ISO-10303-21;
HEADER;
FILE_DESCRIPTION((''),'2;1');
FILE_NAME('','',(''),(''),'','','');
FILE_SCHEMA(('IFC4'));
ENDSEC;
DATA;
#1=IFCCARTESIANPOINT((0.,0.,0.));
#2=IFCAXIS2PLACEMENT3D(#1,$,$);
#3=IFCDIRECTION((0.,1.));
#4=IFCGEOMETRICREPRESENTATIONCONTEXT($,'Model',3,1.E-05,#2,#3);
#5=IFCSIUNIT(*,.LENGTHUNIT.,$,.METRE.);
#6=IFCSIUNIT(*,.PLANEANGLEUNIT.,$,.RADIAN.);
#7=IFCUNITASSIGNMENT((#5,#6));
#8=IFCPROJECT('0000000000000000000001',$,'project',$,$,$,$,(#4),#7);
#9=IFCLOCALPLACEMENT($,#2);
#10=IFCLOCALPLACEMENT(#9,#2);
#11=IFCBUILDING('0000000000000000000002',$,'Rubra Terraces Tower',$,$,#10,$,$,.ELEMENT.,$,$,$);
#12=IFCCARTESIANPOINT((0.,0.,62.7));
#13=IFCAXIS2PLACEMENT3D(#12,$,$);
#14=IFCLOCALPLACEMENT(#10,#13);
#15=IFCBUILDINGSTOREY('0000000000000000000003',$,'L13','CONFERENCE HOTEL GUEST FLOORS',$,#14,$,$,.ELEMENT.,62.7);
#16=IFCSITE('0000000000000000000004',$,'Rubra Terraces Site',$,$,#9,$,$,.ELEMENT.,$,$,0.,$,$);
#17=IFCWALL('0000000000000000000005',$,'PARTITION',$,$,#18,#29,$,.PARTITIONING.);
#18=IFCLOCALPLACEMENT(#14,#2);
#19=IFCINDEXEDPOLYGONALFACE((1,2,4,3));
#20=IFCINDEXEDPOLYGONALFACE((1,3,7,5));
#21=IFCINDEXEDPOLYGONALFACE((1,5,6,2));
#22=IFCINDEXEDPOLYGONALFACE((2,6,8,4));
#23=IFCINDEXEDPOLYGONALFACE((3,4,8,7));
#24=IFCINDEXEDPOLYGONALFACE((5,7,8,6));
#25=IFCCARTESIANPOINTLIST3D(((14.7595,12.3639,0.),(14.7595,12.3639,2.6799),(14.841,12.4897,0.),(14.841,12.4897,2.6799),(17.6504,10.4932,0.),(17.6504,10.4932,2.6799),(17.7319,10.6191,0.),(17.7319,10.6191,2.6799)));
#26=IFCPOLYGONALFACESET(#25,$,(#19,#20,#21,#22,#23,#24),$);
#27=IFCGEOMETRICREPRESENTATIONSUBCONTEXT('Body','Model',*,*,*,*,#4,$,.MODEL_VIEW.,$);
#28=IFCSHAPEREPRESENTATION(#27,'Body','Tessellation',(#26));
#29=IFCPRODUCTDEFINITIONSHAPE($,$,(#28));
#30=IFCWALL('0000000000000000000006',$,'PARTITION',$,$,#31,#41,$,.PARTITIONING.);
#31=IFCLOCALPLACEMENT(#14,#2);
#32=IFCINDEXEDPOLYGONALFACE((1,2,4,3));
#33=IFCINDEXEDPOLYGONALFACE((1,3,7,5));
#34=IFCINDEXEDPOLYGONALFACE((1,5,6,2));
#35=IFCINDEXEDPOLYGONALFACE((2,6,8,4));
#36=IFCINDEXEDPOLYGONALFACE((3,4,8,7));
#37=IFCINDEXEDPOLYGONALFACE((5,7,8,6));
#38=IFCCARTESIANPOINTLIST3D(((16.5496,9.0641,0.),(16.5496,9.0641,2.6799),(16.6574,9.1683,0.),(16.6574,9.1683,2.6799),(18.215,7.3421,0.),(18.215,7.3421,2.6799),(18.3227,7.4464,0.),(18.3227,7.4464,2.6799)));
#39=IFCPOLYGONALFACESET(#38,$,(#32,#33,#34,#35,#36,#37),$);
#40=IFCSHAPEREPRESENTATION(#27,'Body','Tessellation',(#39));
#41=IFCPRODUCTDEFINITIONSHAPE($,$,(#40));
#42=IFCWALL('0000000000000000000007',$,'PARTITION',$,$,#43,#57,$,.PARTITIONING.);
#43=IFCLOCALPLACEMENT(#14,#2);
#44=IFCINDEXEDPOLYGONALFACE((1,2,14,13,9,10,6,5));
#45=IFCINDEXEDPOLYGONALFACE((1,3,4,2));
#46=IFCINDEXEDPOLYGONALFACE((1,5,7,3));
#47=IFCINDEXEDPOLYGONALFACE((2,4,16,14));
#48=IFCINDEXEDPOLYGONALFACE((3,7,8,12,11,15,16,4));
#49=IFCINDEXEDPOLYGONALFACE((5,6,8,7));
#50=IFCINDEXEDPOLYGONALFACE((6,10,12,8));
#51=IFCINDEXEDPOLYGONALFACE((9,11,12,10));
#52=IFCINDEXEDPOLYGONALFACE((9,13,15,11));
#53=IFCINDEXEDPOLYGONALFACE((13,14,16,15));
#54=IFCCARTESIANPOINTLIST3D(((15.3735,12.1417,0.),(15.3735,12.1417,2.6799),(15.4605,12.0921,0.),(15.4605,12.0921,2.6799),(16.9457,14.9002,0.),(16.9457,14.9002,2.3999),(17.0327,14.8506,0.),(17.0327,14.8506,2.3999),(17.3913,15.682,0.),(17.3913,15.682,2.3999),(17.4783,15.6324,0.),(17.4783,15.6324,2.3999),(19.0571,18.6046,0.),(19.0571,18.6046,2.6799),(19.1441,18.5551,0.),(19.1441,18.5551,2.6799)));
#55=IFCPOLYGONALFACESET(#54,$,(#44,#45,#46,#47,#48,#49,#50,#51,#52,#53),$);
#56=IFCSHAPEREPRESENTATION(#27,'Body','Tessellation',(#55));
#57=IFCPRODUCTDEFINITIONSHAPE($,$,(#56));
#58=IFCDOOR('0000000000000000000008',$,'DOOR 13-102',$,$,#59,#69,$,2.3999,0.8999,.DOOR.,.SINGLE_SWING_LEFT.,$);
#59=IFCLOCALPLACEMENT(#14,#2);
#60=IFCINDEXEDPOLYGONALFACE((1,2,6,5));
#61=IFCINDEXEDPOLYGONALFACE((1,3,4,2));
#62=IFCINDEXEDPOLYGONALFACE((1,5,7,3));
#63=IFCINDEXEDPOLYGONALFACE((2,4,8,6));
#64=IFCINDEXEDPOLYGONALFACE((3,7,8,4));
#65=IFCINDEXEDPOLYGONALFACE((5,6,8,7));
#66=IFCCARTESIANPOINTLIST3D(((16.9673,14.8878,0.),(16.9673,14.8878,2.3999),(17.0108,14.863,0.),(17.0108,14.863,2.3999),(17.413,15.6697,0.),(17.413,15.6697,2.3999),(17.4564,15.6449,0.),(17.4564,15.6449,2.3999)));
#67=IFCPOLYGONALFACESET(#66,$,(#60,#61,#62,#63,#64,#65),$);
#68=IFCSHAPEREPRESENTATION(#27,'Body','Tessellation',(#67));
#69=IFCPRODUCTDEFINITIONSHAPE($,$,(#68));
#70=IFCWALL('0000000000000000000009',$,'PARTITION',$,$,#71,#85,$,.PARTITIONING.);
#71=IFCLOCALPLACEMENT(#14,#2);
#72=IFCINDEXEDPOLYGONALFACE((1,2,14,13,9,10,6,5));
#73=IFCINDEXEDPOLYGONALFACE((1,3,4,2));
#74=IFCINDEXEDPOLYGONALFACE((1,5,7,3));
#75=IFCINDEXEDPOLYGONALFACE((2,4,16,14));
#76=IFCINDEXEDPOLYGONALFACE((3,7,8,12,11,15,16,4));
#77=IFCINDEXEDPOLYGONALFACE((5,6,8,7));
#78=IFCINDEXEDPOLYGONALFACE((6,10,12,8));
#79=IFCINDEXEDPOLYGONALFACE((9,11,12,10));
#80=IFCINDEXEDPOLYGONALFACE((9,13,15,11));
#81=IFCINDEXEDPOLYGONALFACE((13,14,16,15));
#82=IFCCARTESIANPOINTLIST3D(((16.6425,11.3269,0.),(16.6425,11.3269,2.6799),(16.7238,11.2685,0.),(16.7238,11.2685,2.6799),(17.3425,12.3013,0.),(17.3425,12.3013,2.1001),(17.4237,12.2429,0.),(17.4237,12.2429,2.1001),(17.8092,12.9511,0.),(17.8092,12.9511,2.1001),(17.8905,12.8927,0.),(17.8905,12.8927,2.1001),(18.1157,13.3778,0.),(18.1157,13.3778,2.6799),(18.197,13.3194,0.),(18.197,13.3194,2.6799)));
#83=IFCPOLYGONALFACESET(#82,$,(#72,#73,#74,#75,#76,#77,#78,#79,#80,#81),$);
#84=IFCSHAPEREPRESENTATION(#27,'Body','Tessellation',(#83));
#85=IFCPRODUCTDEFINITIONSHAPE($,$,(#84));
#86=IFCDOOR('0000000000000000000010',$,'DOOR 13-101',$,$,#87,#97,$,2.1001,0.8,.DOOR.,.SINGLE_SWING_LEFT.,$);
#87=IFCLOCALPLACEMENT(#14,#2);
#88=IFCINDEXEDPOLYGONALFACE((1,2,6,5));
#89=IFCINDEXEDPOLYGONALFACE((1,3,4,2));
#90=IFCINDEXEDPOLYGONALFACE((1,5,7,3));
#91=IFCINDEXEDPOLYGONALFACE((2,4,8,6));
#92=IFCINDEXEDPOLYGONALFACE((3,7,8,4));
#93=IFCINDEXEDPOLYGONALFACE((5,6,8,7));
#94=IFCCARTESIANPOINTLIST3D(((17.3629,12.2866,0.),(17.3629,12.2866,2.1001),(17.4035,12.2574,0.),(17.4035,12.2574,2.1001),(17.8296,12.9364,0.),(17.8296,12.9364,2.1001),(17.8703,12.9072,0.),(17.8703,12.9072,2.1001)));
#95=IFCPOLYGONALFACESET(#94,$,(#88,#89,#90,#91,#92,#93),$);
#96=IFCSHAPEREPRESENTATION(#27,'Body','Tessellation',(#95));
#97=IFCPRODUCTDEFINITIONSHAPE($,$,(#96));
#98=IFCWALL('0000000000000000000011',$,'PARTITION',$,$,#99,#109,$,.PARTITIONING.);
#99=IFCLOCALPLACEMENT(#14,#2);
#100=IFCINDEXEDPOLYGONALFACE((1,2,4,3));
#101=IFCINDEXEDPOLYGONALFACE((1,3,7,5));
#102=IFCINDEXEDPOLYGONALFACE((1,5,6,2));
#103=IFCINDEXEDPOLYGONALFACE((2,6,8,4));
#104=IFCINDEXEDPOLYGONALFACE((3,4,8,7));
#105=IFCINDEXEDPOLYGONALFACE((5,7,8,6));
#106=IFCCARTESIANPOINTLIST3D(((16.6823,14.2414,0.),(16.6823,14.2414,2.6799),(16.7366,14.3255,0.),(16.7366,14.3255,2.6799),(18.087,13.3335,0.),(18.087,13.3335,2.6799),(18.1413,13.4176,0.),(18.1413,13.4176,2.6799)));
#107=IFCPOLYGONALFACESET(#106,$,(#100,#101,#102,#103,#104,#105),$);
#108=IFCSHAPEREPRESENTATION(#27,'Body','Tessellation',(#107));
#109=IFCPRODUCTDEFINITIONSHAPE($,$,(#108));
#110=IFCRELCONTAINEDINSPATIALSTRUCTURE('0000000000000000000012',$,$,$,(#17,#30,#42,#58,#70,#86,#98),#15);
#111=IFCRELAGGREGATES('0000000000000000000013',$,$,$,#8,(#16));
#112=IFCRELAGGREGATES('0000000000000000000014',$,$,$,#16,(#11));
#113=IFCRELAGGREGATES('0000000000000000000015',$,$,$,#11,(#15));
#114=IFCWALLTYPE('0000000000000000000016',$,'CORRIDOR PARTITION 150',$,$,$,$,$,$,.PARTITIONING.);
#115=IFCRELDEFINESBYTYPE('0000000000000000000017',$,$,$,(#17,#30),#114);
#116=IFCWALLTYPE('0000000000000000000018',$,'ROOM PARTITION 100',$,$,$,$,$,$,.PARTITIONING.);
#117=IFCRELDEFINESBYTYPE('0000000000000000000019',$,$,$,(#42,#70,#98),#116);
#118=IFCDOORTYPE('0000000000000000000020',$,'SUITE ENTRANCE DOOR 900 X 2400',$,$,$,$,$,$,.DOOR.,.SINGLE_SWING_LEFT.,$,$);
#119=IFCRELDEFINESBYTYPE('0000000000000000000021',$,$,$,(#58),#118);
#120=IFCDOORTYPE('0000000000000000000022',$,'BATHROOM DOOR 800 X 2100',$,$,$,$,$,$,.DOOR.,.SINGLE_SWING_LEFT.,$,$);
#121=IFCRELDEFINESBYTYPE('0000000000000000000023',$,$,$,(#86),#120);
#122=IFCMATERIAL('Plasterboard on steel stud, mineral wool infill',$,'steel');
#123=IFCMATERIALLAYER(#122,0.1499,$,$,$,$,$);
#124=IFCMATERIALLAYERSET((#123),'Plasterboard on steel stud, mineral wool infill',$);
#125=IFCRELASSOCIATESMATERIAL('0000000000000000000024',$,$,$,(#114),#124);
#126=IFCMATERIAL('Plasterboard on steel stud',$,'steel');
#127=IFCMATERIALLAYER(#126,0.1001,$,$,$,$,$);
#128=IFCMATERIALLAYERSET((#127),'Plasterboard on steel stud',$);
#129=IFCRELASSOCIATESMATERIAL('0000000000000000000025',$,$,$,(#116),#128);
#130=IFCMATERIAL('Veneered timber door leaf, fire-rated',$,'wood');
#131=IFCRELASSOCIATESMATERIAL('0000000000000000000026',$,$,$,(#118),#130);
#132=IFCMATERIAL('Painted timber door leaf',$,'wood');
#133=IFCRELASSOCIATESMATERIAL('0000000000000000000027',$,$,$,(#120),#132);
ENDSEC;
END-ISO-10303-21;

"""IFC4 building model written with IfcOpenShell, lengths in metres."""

from ifc_helpers import new_model, si_unit, direction, frame, frame_2d, origin, place, context, subcontext, project, spatial, rectangle, extrude, material, layer, layer_set, type_object, element, fill, save


model = new_model("IFC4")

# Units and contexts
model_context = context("Model", 3, precision=1e-05, world=origin(), true_north=direction((0.0, 1.0)))
body_context = subcontext(model_context, "Body", "Model", "MODEL_VIEW")
ifc_project = project(units=[si_unit("LENGTHUNIT", "METRE"), si_unit("PLANEANGLEUNIT", "RADIAN")], contexts=[model_context])

# Site, building, storey
site_placement = place(None, origin())
site = spatial("IfcSite", under=ifc_project, at=site_placement, Name="Rubra Terraces Site", CompositionType="ELEMENT", RefElevation=0.0)
building_placement = place(site_placement, origin())
building = spatial("IfcBuilding", under=site, at=building_placement, Name="Rubra Terraces Tower", CompositionType="ELEMENT")
storey_placement = place(building_placement, frame((0.0, 0.0, 62.7)))
storey = spatial("IfcBuildingStorey", under=building, at=storey_placement, Name="L13", Description="CONFERENCE HOTEL GUEST FLOORS", CompositionType="ELEMENT", Elevation=62.7)

# Walls
ifc_material_1 = material(Name="Plasterboard on steel stud, mineral wool infill", Category="steel")
ifc_layer_1 = layer(ifc_material_1, 0.1499)
ifc_layer_set_1 = layer_set([ifc_layer_1], Name="Plasterboard on steel stud, mineral wool infill")
wall_type_1 = type_object("IfcWallType", Name="CORRIDOR PARTITION 150", PredefinedType="PARTITIONING", material=ifc_layer_set_1)
wall_1_placement = place(storey_placement, frame((17.6912, 10.5562, 0.0), z_axis=(0.0, 0.0, 1.0), x_axis=(-0.839564, 0.54326, 0.0)))
element("IfcWall", 1, at=wall_1_placement, inside=storey, type_object=wall_type_1, Name="PARTITION", PredefinedType="PARTITIONING", context=body_context, shape_type="SweptSolid", body=[
    extrude(rectangle(XDim=3.4434, YDim=0.1499, at=frame_2d((1.7217, 0.0))), origin(), (0.0, 0.0, 1.0), 2.6799),
])
wall_2_placement = place(storey_placement, frame((16.6035, 9.1162, 0.0), z_axis=(0.0, 0.0, 1.0), x_axis=(0.695185, -0.71883, 0.0)))
element("IfcWall", 2, at=wall_2_placement, inside=storey, type_object=wall_type_1, Name="PARTITION", PredefinedType="PARTITIONING", context=body_context, shape_type="SweptSolid", body=[
    extrude(rectangle(XDim=2.3955, YDim=0.1499, at=frame_2d((1.1978, 0.0))), origin(), (0.0, 0.0, 1.0), 2.6799),
])

# Walls, openings, doors
ifc_material_2 = material(Name="Plasterboard on steel stud", Category="steel")
ifc_layer_2 = layer(ifc_material_2, 0.1001)
ifc_layer_set_2 = layer_set([ifc_layer_2], Name="Plasterboard on steel stud")
wall_type_2 = type_object("IfcWallType", Name="ROOM PARTITION 100", PredefinedType="PARTITIONING", material=ifc_layer_set_2)
wall_3_placement = place(storey_placement, frame((19.1006, 18.5798, 0.0), z_axis=(0.0, 0.0, 1.0), x_axis=(-0.495177, -0.868792, 0.0)))
wall_3 = element("IfcWall", 3, at=wall_3_placement, inside=storey, type_object=wall_type_2, Name="PARTITION", PredefinedType="PARTITIONING", context=body_context, shape_type="SweptSolid", body=[
    extrude(rectangle(XDim=7.439, YDim=0.1001, at=frame_2d((3.7195, 0.0))), origin(), (0.0, 0.0, 1.0), 2.6799),
])
opening_1_placement = place(wall_3_placement, frame((3.364, 0.0, 0.0)))
opening_1 = element("IfcOpeningElement", 4, at=opening_1_placement, cuts=wall_3, PredefinedType="OPENING", context=body_context, shape_type="SweptSolid", body=[
    extrude(rectangle(XDim=0.8999, YDim=2.3999, at=frame_2d((0.45, 1.2))), frame((0.0, 0.0601, 0.0), z_axis=(0.0, -1.0, 0.0), x_axis=(1.0, 0.0, 0.0)), (0.0, 0.0, 1.0), 0.1201),
])
ifc_material_3 = material(Name="Veneered timber door leaf, fire-rated", Category="wood")
door_type_1 = type_object("IfcDoorType", Name="SUITE ENTRANCE DOOR 900 X 2400", OperationType="SINGLE_SWING_LEFT", PredefinedType="DOOR", material=ifc_material_3)
door_1_placement = place(opening_1_placement, origin())
door_1 = element("IfcDoor", 5, at=door_1_placement, inside=storey, type_object=door_type_1, Name="DOOR 13-102", OperationType="SINGLE_SWING_LEFT", OverallHeight=2.3999, OverallWidth=0.8999, PredefinedType="DOOR", context=body_context, shape_type="SweptSolid", body=[
    extrude(rectangle(XDim=0.8999, YDim=2.3999, at=frame_2d((0.45, 1.2))), frame((0.0, 0.0249, 0.0), z_axis=(0.0, -1.0, 0.0), x_axis=(1.0, 0.0, 0.0)), (0.0, 0.0, 1.0), 0.05),
])
fill(opening_1, door_1)
wall_4_placement = place(storey_placement, frame((16.6831, 11.2976, 0.0), z_axis=(0.0, 0.0, 1.0), x_axis=(0.583413, 0.812176, 0.0)))
wall_4 = element("IfcWall", 6, at=wall_4_placement, inside=storey, type_object=wall_type_2, Name="PARTITION", PredefinedType="PARTITIONING", context=body_context, shape_type="SweptSolid", body=[
    extrude(rectangle(XDim=2.5251, YDim=0.1001, at=frame_2d((1.2627, 0.0))), origin(), (0.0, 0.0, 1.0), 2.6799),
])
opening_2_placement = place(wall_4_placement, frame((1.2, 0.0, 0.0)))
opening_2 = element("IfcOpeningElement", 7, at=opening_2_placement, cuts=wall_4, PredefinedType="OPENING", context=body_context, shape_type="SweptSolid", body=[
    extrude(rectangle(XDim=0.8, YDim=2.1001, at=frame_2d((0.3999, 1.05))), frame((0.0, 0.0601, 0.0), z_axis=(0.0, -1.0, 0.0), x_axis=(1.0, 0.0, 0.0)), (0.0, 0.0, 1.0), 0.1201),
])
ifc_material_4 = material(Name="Painted timber door leaf", Category="wood")
door_type_2 = type_object("IfcDoorType", Name="BATHROOM DOOR 800 X 2100", OperationType="SINGLE_SWING_LEFT", PredefinedType="DOOR", material=ifc_material_4)
door_2_placement = place(opening_2_placement, origin())
door_2 = element("IfcDoor", 8, at=door_2_placement, inside=storey, type_object=door_type_2, Name="DOOR 13-101", OperationType="SINGLE_SWING_LEFT", OverallHeight=2.1001, OverallWidth=0.8, PredefinedType="DOOR", context=body_context, shape_type="SweptSolid", body=[
    extrude(rectangle(XDim=0.8, YDim=2.1001, at=frame_2d((0.3999, 1.05))), frame((0.0, 0.0249, 0.0), z_axis=(0.0, -1.0, 0.0), x_axis=(1.0, 0.0, 0.0)), (0.0, 0.0, 1.0), 0.05),
])
fill(opening_2, door_2)

# Wall
wall_5_placement = place(storey_placement, frame((18.1143, 13.3755, 0.0), z_axis=(0.0, 0.0, 1.0), x_axis=(-0.839848, 0.542822, 0.0)))
element("IfcWall", 9, at=wall_5_placement, inside=storey, type_object=wall_type_2, Name="PARTITION", PredefinedType="PARTITIONING", context=body_context, shape_type="SweptSolid", body=[
    extrude(rectangle(XDim=1.6726, YDim=0.1001, at=frame_2d((0.8364, 0.0))), origin(), (0.0, 0.0, 1.0), 2.6799),
])

save(model, "model.ifc")
